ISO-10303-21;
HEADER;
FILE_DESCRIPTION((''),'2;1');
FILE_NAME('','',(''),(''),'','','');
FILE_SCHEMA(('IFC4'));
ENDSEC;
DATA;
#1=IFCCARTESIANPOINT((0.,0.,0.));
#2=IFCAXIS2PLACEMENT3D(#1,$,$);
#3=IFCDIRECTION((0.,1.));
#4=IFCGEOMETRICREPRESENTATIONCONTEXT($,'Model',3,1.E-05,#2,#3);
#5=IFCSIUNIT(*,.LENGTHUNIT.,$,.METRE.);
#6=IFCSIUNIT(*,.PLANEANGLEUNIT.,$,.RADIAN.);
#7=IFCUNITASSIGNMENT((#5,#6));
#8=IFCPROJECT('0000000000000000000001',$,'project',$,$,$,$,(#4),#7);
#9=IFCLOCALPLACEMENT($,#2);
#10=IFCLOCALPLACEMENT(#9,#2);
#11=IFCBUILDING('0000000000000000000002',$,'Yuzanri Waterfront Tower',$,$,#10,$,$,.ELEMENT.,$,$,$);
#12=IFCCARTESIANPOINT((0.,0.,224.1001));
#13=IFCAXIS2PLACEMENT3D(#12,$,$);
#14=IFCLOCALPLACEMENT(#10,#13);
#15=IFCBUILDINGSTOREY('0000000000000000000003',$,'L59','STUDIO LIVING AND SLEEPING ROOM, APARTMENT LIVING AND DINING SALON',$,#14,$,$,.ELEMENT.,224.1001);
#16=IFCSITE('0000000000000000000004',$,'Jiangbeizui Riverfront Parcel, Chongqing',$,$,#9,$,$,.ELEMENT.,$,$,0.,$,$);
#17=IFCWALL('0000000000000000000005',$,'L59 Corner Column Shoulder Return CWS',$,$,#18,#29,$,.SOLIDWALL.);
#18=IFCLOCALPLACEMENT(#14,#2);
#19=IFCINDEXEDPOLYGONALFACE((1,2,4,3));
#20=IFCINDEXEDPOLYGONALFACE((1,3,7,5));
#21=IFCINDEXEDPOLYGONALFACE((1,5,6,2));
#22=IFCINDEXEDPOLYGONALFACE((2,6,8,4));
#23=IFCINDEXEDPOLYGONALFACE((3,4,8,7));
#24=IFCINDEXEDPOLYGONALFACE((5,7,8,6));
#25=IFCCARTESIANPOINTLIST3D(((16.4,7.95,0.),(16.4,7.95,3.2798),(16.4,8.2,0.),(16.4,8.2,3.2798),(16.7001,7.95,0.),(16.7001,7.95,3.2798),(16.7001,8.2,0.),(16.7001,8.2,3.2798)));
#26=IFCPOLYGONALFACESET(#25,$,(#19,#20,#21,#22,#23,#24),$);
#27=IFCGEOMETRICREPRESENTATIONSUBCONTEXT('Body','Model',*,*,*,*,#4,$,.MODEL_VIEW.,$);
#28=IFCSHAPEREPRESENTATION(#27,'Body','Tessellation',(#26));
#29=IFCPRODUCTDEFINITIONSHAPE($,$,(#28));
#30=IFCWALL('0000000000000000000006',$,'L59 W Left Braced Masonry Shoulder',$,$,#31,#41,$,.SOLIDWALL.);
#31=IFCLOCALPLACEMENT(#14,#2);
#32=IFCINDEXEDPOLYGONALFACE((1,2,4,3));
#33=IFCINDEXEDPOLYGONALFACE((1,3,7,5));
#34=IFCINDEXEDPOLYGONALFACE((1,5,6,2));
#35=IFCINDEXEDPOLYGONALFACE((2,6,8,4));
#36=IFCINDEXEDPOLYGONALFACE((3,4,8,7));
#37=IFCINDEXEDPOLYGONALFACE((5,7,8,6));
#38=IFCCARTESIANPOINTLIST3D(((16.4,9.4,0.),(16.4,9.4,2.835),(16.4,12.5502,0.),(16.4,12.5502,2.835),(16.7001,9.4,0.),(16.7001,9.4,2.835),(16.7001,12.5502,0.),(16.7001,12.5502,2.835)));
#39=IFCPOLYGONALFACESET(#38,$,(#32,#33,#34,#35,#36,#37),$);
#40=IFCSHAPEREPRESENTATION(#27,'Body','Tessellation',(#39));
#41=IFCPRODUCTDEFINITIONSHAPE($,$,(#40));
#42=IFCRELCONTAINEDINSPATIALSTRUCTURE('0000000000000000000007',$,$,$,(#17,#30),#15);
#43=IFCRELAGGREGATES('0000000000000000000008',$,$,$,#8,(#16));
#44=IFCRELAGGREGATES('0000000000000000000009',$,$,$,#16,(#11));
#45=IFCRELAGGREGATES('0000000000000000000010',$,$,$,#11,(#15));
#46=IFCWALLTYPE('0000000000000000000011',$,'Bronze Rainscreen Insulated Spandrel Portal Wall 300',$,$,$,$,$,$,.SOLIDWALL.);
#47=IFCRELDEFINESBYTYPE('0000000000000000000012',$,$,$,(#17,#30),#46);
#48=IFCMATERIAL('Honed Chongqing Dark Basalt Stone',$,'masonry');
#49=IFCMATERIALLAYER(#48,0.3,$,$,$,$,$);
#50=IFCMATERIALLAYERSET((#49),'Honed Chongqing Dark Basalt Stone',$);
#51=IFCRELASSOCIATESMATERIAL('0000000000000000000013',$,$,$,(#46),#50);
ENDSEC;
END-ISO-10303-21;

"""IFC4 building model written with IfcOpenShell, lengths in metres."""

from ifc_helpers import new_model, si_unit, direction, frame, frame_2d, origin, place, context, subcontext, project, spatial, rectangle, extrude, source, transform, mapped, material, layer, layer_set, type_object, element, save


model = new_model("IFC4")

# Units and contexts
model_context = context("Model", 3, precision=1e-05, world=origin(), true_north=direction((0.0, 1.0)))
body_context = subcontext(model_context, "Body", "Model", "MODEL_VIEW")
ifc_project = project(units=[si_unit("LENGTHUNIT", "METRE"), si_unit("PLANEANGLEUNIT", "RADIAN")], contexts=[model_context])

# Site, building, storey
site_placement = place(None, origin())
site = spatial("IfcSite", under=ifc_project, at=site_placement, Name="Jiangbeizui Riverfront Parcel, Chongqing", CompositionType="ELEMENT", RefElevation=0.0)
building_placement = place(site_placement, origin())
building = spatial("IfcBuilding", under=site, at=building_placement, Name="Yuzanri Waterfront Tower", CompositionType="ELEMENT")
storey_placement = place(building_placement, frame((0.0, 0.0, 224.1001)))
storey = spatial("IfcBuildingStorey", under=building, at=storey_placement, Name="L59", Description="STUDIO LIVING AND SLEEPING ROOM, APARTMENT LIVING AND DINING SALON", CompositionType="ELEMENT", Elevation=224.1001)

# Walls
ifc_material_1 = material(Name="Honed Chongqing Dark Basalt Stone", Category="masonry")
ifc_layer_1 = layer(ifc_material_1, 0.3)
ifc_layer_set_1 = layer_set([ifc_layer_1], Name="Honed Chongqing Dark Basalt Stone")
wall_type_1 = type_object("IfcWallType", Name="Bronze Rainscreen Insulated Spandrel Portal Wall 300", PredefinedType="SOLIDWALL", material=ifc_layer_set_1)
shared_shape_1 = source(origin(), body_context, "Body", "SweptSolid", [
    extrude(rectangle(XDim=0.25, YDim=0.3, at=frame_2d((0.125, 0.0))), origin(), (0.0, 0.0, 1.0), 3.2798),
])
wall_1_placement = place(storey_placement, frame((16.55, 7.95, 0.0), z_axis=(0.0, 0.0, 1.0), x_axis=(0.0, 1.0, 0.0)))
element("IfcWall", 1, at=wall_1_placement, inside=storey, type_object=wall_type_1, Name="L59 Corner Column Shoulder Return CWS", PredefinedType="SOLIDWALL", context=body_context, shape_type="MappedRepresentation", body=[
    mapped(shared_shape_1, transform((0.0, 0.0, 0.0), scale=1.0)),
])
shared_shape_2 = source(origin(), body_context, "Body", "SweptSolid", [
    extrude(rectangle(XDim=3.1501, YDim=0.3, at=frame_2d((1.5752, 0.0))), origin(), (0.0, 0.0, 1.0), 2.835),
])
wall_2_placement = place(storey_placement, frame((16.55, 9.3999, 0.0), z_axis=(0.0, 0.0, 1.0), x_axis=(0.0, 1.0, 0.0)))
element("IfcWall", 2, at=wall_2_placement, inside=storey, type_object=wall_type_1, Name="L59 W Left Braced Masonry Shoulder", PredefinedType="SOLIDWALL", context=body_context, shape_type="MappedRepresentation", body=[
    mapped(shared_shape_2, transform((0.0, 0.0, 0.0), scale=1.0)),
])

save(model, "model.ifc")
